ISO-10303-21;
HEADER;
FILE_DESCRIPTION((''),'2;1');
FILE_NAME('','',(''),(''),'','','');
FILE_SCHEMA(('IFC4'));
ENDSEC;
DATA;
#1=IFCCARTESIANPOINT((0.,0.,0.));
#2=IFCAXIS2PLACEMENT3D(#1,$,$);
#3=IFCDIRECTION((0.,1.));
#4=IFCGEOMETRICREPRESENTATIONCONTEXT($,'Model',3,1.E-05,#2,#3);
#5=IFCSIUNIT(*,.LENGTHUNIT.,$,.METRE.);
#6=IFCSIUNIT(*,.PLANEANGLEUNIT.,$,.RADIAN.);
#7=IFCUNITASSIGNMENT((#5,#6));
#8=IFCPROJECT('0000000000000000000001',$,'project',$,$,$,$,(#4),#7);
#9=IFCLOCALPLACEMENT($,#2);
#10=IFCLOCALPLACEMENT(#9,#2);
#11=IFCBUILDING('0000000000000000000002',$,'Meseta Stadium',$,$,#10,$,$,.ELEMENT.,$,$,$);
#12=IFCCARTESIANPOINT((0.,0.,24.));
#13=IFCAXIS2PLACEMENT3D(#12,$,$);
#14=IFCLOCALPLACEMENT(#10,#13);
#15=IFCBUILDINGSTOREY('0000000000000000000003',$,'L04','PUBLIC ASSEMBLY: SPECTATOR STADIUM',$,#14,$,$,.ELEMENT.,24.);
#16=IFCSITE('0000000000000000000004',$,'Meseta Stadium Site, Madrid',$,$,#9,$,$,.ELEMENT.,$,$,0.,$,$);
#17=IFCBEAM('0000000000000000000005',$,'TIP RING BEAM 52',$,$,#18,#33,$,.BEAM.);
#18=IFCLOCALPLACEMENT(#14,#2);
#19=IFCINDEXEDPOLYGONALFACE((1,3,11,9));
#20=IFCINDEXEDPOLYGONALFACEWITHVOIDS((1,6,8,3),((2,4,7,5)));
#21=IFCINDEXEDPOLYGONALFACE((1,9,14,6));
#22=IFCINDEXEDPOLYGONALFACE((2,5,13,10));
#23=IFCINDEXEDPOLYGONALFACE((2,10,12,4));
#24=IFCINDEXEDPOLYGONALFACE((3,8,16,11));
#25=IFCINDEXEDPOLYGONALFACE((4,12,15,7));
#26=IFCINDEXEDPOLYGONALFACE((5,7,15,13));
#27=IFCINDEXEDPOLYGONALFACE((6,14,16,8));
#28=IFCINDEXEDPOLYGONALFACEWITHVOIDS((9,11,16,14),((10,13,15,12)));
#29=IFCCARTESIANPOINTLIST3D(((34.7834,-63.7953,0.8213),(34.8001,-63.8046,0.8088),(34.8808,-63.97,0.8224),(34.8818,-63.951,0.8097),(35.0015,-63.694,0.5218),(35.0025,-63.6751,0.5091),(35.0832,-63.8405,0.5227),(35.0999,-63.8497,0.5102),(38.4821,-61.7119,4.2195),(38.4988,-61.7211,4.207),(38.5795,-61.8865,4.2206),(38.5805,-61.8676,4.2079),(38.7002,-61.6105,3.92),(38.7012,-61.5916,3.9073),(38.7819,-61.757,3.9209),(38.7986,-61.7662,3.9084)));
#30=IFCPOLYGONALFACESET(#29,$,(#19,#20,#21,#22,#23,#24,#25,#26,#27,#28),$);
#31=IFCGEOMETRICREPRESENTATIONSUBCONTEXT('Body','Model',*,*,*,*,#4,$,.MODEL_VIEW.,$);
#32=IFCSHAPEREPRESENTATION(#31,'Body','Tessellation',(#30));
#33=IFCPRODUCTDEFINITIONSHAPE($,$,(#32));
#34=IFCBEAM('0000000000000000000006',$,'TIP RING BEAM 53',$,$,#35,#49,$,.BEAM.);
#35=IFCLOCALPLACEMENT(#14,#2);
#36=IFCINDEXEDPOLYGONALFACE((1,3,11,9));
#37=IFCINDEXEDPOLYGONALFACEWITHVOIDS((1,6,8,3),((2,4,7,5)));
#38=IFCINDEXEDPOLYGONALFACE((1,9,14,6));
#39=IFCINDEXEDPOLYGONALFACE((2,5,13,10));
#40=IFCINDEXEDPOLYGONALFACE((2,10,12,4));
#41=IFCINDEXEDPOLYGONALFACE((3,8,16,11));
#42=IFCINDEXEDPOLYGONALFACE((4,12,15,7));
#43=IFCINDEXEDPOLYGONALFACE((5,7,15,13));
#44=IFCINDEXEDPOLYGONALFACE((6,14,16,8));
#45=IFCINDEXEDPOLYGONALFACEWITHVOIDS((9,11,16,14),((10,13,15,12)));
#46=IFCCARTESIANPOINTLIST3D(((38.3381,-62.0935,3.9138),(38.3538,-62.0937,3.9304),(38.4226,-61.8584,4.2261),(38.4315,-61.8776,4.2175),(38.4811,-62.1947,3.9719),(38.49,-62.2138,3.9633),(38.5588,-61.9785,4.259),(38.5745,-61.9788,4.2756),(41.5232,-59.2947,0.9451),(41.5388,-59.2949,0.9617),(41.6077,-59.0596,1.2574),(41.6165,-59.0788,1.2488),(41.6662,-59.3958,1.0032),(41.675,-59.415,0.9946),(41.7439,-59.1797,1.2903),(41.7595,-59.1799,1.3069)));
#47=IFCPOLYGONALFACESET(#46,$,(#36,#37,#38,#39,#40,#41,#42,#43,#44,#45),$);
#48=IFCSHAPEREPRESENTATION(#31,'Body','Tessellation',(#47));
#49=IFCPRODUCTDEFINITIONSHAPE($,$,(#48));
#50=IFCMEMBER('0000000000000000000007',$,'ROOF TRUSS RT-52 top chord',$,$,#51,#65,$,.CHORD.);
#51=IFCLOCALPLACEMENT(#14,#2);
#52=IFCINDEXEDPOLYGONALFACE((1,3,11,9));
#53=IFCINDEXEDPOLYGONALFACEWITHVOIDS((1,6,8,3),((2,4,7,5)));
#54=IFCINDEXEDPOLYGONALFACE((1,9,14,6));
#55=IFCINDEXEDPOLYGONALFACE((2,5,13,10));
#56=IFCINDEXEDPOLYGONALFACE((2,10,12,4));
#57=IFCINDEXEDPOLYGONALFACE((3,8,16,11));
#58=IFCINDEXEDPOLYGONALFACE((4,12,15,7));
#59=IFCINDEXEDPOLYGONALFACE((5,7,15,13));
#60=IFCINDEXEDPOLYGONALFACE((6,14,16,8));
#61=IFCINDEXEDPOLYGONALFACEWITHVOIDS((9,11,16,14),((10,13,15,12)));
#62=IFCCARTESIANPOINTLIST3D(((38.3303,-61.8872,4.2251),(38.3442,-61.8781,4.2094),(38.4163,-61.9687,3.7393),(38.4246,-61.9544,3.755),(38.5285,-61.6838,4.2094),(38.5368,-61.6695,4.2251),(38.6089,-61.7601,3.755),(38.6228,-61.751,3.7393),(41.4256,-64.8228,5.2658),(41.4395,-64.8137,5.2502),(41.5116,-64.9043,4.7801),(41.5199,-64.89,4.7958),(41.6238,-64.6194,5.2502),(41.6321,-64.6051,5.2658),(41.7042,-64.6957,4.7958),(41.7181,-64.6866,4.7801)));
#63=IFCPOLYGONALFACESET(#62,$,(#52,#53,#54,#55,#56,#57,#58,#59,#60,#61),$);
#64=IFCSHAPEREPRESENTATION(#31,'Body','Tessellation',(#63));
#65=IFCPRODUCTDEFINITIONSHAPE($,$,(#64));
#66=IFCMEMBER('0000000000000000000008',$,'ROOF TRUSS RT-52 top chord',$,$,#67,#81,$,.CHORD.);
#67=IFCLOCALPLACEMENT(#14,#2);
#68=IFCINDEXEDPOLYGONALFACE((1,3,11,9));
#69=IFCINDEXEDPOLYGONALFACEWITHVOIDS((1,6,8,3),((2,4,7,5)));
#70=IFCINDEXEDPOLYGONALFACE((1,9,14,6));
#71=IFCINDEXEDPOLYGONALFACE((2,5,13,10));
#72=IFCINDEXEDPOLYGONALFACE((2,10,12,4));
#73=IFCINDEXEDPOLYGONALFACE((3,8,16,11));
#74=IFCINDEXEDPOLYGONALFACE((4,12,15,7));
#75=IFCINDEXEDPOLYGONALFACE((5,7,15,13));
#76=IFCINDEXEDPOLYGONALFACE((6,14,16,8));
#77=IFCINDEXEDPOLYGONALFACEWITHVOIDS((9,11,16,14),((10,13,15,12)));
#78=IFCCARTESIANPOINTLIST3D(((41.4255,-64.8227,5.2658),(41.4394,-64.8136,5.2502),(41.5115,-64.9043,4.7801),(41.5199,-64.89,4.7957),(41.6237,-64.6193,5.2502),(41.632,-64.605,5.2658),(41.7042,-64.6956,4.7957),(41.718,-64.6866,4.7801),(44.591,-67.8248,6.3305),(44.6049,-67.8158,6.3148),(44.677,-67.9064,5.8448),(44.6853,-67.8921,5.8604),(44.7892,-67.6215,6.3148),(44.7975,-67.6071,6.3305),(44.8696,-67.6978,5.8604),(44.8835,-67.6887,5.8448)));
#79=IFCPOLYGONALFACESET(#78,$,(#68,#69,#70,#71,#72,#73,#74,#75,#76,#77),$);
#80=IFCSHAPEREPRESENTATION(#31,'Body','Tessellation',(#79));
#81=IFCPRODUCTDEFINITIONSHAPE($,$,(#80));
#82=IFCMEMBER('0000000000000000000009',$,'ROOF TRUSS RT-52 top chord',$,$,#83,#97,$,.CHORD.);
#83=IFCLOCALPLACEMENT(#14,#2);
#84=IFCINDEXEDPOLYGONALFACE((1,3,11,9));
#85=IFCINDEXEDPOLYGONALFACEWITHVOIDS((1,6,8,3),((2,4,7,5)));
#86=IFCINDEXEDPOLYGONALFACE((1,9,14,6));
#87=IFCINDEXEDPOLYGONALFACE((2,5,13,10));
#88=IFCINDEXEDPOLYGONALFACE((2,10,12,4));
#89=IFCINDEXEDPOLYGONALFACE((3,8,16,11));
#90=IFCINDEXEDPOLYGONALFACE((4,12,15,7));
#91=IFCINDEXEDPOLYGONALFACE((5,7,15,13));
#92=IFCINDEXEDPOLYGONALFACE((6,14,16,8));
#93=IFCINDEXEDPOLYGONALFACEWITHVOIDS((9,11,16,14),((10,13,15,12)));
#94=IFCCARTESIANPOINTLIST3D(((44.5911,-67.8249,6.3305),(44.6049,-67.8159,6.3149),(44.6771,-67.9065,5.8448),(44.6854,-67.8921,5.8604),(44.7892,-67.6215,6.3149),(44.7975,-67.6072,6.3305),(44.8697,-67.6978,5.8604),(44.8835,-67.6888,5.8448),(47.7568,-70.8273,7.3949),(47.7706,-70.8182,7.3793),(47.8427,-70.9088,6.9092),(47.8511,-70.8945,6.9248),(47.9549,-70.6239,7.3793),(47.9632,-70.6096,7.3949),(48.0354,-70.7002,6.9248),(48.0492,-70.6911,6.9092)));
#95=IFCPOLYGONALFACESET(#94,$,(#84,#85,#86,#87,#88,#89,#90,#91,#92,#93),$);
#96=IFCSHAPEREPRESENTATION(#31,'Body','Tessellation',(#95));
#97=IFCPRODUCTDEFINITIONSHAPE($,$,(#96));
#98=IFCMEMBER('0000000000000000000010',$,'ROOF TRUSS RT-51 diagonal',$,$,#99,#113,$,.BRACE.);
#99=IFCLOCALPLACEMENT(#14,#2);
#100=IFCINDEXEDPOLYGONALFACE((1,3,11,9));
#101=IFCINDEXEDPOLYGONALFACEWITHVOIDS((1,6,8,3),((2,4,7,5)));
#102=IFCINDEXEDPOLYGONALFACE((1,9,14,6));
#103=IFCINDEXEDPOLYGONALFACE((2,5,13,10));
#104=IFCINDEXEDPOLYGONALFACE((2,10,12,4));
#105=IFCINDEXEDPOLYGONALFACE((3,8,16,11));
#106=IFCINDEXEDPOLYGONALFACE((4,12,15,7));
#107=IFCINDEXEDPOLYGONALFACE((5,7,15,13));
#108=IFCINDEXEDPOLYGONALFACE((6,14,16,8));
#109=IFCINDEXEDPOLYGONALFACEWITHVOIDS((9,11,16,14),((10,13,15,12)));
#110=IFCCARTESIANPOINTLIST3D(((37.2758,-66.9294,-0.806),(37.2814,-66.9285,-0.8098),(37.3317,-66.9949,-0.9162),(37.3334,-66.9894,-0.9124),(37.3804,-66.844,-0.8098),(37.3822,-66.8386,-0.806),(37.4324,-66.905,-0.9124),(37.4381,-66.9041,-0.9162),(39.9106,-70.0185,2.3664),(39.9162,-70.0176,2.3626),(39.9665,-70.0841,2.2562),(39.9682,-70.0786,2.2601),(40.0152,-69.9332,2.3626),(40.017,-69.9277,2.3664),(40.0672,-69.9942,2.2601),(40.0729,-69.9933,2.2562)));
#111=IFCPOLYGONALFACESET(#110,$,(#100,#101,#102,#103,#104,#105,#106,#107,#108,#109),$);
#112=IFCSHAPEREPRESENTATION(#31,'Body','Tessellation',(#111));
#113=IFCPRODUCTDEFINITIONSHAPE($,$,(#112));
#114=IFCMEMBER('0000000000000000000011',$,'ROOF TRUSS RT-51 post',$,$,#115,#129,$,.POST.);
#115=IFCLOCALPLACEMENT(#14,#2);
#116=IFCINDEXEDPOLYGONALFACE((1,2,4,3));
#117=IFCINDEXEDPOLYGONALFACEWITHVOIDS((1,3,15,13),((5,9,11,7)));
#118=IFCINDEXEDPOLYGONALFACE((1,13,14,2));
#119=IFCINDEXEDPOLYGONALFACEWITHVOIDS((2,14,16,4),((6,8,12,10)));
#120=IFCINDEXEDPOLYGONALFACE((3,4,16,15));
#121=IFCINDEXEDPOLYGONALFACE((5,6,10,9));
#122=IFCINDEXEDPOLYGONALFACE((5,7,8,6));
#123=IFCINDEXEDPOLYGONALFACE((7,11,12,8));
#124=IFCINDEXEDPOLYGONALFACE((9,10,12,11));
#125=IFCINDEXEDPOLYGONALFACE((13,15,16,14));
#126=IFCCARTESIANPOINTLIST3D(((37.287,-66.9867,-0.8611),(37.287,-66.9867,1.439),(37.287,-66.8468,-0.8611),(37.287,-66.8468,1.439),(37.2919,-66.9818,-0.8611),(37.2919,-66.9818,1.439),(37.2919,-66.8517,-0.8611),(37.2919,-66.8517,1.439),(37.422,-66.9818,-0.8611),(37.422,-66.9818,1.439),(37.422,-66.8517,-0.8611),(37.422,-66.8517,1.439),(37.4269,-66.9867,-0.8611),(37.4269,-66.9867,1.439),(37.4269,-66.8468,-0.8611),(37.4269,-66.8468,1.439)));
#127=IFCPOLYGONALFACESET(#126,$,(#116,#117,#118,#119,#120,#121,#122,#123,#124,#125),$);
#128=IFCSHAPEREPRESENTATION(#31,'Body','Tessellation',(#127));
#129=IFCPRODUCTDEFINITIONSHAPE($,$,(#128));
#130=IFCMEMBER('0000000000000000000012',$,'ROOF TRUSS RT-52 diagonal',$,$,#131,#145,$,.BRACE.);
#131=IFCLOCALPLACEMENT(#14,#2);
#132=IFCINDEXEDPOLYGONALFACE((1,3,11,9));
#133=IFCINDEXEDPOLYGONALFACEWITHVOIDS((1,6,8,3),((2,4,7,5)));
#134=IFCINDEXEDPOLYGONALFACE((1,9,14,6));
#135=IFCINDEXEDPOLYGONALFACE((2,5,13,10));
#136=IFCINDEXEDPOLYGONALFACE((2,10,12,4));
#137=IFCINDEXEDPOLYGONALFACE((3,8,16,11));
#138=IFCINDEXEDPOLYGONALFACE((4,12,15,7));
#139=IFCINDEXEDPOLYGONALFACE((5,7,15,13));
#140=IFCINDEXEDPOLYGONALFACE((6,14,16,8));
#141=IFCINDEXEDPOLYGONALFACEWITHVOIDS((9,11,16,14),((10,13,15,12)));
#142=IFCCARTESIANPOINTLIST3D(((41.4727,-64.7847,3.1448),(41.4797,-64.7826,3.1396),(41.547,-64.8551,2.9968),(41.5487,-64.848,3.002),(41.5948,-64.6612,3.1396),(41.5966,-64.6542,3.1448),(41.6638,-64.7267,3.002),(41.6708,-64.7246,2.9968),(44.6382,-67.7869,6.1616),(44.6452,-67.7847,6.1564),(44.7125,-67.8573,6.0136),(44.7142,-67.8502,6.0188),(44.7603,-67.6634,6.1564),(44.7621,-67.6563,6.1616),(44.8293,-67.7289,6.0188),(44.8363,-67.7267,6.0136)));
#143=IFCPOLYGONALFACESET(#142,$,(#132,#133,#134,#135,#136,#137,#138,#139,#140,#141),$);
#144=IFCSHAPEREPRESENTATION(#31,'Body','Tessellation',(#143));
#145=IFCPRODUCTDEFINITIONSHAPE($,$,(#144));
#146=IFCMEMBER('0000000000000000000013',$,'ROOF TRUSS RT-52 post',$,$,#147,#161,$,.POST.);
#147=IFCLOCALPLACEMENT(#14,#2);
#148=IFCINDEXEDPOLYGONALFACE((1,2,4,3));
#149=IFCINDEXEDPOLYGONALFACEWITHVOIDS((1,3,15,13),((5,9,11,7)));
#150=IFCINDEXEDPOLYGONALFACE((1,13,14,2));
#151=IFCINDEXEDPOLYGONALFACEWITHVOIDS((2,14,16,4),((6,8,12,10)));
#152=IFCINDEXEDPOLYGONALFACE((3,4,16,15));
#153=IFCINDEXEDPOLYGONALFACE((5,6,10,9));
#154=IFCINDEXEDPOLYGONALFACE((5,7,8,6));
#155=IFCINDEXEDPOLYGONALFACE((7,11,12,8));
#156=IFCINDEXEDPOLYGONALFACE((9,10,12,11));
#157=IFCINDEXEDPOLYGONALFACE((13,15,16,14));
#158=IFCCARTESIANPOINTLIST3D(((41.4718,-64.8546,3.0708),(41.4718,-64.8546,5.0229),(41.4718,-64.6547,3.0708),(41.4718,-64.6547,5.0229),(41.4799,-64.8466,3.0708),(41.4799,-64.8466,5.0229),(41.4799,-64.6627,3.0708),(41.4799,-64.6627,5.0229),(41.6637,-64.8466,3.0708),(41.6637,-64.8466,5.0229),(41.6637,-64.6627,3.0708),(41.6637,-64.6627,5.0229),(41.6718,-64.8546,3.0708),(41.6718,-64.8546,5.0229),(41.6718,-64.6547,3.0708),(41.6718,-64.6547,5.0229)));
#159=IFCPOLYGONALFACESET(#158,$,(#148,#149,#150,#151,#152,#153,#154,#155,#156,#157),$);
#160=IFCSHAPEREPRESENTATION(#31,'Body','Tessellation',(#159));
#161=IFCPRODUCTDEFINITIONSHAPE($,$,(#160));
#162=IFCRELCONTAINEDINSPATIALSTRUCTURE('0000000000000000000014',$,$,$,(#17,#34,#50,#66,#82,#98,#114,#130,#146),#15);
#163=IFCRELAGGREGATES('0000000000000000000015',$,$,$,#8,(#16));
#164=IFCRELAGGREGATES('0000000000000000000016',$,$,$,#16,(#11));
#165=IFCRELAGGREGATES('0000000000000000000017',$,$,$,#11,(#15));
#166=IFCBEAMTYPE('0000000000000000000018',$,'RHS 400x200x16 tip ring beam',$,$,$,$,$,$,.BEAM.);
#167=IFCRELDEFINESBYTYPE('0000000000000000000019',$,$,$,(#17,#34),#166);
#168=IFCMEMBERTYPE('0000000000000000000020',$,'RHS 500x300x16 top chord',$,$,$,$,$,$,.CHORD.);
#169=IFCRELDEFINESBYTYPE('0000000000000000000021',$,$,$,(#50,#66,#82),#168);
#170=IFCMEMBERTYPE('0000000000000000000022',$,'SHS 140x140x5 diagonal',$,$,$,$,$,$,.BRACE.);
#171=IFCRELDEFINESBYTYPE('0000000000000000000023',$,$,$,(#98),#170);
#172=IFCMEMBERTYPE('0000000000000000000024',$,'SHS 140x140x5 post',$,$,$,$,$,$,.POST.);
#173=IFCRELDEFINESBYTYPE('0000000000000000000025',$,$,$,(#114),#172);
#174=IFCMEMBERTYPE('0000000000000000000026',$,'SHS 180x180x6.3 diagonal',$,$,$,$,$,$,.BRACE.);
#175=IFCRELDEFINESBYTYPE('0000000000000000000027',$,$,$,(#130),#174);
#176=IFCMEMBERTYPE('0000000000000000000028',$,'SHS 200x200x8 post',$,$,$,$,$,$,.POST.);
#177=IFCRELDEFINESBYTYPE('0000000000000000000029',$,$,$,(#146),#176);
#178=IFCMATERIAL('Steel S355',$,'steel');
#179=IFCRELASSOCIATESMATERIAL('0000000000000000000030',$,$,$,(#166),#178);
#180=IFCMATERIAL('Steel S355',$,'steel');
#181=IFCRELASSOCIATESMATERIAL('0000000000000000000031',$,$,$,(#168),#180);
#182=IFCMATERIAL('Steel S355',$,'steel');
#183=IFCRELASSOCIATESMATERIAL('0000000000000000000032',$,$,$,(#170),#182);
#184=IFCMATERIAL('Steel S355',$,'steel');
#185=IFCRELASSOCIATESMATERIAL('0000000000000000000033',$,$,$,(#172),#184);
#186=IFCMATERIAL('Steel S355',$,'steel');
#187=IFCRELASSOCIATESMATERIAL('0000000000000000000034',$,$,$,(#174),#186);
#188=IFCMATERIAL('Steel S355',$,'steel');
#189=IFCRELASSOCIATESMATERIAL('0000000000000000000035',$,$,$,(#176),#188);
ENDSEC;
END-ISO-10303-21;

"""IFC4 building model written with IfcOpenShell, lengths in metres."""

from ifc_helpers import new_model, si_unit, direction, frame, origin, origin_2d, place, context, subcontext, project, spatial, hollow_rectangle, extrude, material, material_profile, profile_set, type_object, element, save


model = new_model("IFC4")

# Units and contexts
model_context = context("Model", 3, precision=1e-05, world=origin(), true_north=direction((0.0, 1.0)))
body_context = subcontext(model_context, "Body", "Model", "MODEL_VIEW")
ifc_project = project(units=[si_unit("LENGTHUNIT", "METRE"), si_unit("PLANEANGLEUNIT", "RADIAN")], contexts=[model_context])

# Site, building, storey
site_placement = place(None, origin())
site = spatial("IfcSite", under=ifc_project, at=site_placement, Name="Meseta Stadium Site, Madrid", CompositionType="ELEMENT", RefElevation=0.0)
building_placement = place(site_placement, origin())
building = spatial("IfcBuilding", under=site, at=building_placement, Name="Meseta Stadium", CompositionType="ELEMENT")
storey_placement = place(building_placement, frame((0.0, 0.0, 24.0)))
storey = spatial("IfcBuildingStorey", under=building, at=storey_placement, Name="L04", Description="PUBLIC ASSEMBLY: SPECTATOR STADIUM", CompositionType="ELEMENT", Elevation=24.0)

# Beams
ifc_material_1 = material(Name="Steel S355", Category="steel")
ifc_material_profile_1 = material_profile(ifc_material_1, hollow_rectangle(XDim=0.2, YDim=0.3999, WallThickness=0.0161, at=origin_2d()), Name="RHS 400x200x16")
ifc_profile_set_1 = profile_set([ifc_material_profile_1], Name="Steel S355")
beam_type = type_object("IfcBeamType", Name="RHS 400x200x16 tip ring beam", PredefinedType="BEAM", material=ifc_profile_set_1)
beam_1_placement = place(storey_placement, frame((34.9417, -63.8225, 0.6658), z_axis=(0.680193, 0.383153, 0.624925), x_axis=(-0.487085, 0.873339, -0.005298)))
element("IfcBeam", 1, at=beam_1_placement, inside=storey, type_object=beam_type, Name="TIP RING BEAM 52", PredefinedType="BEAM", context=body_context, shape_type="SweptSolid", body=[
    extrude(hollow_rectangle(XDim=0.2, YDim=0.3999, WallThickness=0.0161, at=origin_2d()), origin(), (0.0, 0.0, 1.0), 5.4377),
])
beam_2_placement = place(storey_placement, frame((38.4563, -62.0361, 4.0947), z_axis=(0.615345, 0.540726, -0.573555), x_axis=(-0.759396, 0.601747, -0.247422)))
element("IfcBeam", 2, at=beam_2_placement, inside=storey, type_object=beam_type, Name="TIP RING BEAM 53", PredefinedType="BEAM", context=body_context, shape_type="SweptSolid", body=[
    extrude(hollow_rectangle(XDim=0.2, YDim=0.3999, WallThickness=0.0161, at=origin_2d()), origin(), (0.0, 0.0, 1.0), 5.176),
])

# Members
ifc_material_2 = material(Name="Steel S355", Category="steel")
ifc_material_profile_2 = material_profile(ifc_material_2, hollow_rectangle(XDim=0.3, YDim=0.5, WallThickness=0.0161, at=origin_2d()), Name="RHS 500x300x16")
ifc_profile_set_2 = profile_set([ifc_material_profile_2], Name="Steel S355")
member_type_1 = type_object("IfcMemberType", Name="RHS 500x300x16 top chord", PredefinedType="CHORD", material=ifc_profile_set_2)
member_1_placement = place(storey_placement, frame((38.4766, -61.8191, 3.9822), z_axis=(0.704898, -0.668535, 0.237023), x_axis=(0.688145, 0.725574, 0.0)))
element("IfcMember", 3, at=member_1_placement, inside=storey, type_object=member_type_1, Name="ROOF TRUSS RT-52 top chord", PredefinedType="CHORD", context=body_context, shape_type="SweptSolid", body=[
    extrude(hollow_rectangle(XDim=0.3, YDim=0.5, WallThickness=0.0161, at=origin_2d()), origin(), (0.0, 0.0, 1.0), 4.3911),
])
member_2_placement = place(storey_placement, frame((41.5718, -64.7546, 5.0229), z_axis=(0.704891, -0.668521, 0.237084), x_axis=(0.68814, 0.725578, 0.0)))
element("IfcMember", 4, at=member_2_placement, inside=storey, type_object=member_type_1, Name="ROOF TRUSS RT-52 top chord", PredefinedType="CHORD", context=body_context, shape_type="SweptSolid", body=[
    extrude(hollow_rectangle(XDim=0.3, YDim=0.5, WallThickness=0.0161, at=origin_2d()), origin(), (0.0, 0.0, 1.0), 4.4907),
])
member_3_placement = place(storey_placement, frame((44.7373, -67.7568, 6.0876), z_axis=(0.704902, -0.668534, 0.237015), x_axis=(0.688142, 0.725576, 0.0)))
element("IfcMember", 5, at=member_3_placement, inside=storey, type_object=member_type_1, Name="ROOF TRUSS RT-52 top chord", PredefinedType="CHORD", context=body_context, shape_type="SweptSolid", body=[
    extrude(hollow_rectangle(XDim=0.3, YDim=0.5, WallThickness=0.0161, at=origin_2d()), origin(), (0.0, 0.0, 1.0), 4.491),
])
ifc_material_3 = material(Name="Steel S355", Category="steel")
ifc_material_profile_3 = material_profile(ifc_material_3, hollow_rectangle(XDim=0.1399, YDim=0.1399, WallThickness=0.0049, at=origin_2d()), Name="SHS 140x140x5")
ifc_profile_set_3 = profile_set([ifc_material_profile_3], Name="Steel S355")
member_type_2 = type_object("IfcMemberType", Name="SHS 140x140x5 diagonal", PredefinedType="BRACE", material=ifc_profile_set_3)
member_4_placement = place(storey_placement, frame((37.3569, -66.9167, -0.8611), z_axis=(0.511355, -0.599534, 0.615691), x_axis=(0.760842, 0.648937, 0.0)))
element("IfcMember", 6, at=member_4_placement, inside=storey, type_object=member_type_2, Name="ROOF TRUSS RT-51 diagonal", PredefinedType="BRACE", context=body_context, shape_type="SweptSolid", body=[
    extrude(hollow_rectangle(XDim=0.1399, YDim=0.1399, WallThickness=0.0049, at=origin_2d()), origin(), (0.0, 0.0, 1.0), 5.1526),
])
ifc_material_4 = material(Name="Steel S355", Category="steel")
ifc_material_profile_4 = material_profile(ifc_material_4, hollow_rectangle(XDim=0.1399, YDim=0.1399, WallThickness=0.0049, at=origin_2d()), Name="SHS 140x140x5")
ifc_profile_set_4 = profile_set([ifc_material_profile_4], Name="Steel S355")
member_type_3 = type_object("IfcMemberType", Name="SHS 140x140x5 post", PredefinedType="POST", material=ifc_profile_set_4)
member_5_placement = place(storey_placement, frame((37.3569, -66.9167, -0.8611), z_axis=(0.0, 0.0, 1.0), x_axis=(1.0, 0.0, 0.0)))
element("IfcMember", 7, at=member_5_placement, inside=storey, type_object=member_type_3, Name="ROOF TRUSS RT-51 post", PredefinedType="POST", context=body_context, shape_type="SweptSolid", body=[
    extrude(hollow_rectangle(XDim=0.1399, YDim=0.1399, WallThickness=0.0049, at=origin_2d()), origin(), (0.0, 0.0, 1.0), 2.3),
])
ifc_material_5 = material(Name="Steel S355", Category="steel")
ifc_material_profile_5 = material_profile(ifc_material_5, hollow_rectangle(XDim=0.1799, YDim=0.1799, WallThickness=0.0063, at=origin_2d()), Name="SHS 180x180x6.3")
ifc_profile_set_5 = profile_set([ifc_material_profile_5], Name="Steel S355")
member_type_4 = type_object("IfcMemberType", Name="SHS 180x180x6.3 diagonal", PredefinedType="BRACE", material=ifc_profile_set_5)
member_6_placement = place(storey_placement, frame((41.5718, -64.7546, 3.0708), z_axis=(0.59679, -0.565998, 0.56876), x_axis=(0.68814, 0.725578, 0.0)))
element("IfcMember", 8, at=member_6_placement, inside=storey, type_object=member_type_4, Name="ROOF TRUSS RT-52 diagonal", PredefinedType="BRACE", context=body_context, shape_type="SweptSolid", body=[
    extrude(hollow_rectangle(XDim=0.1799, YDim=0.1799, WallThickness=0.0063, at=origin_2d()), origin(), (0.0, 0.0, 1.0), 5.3042),
])
ifc_material_6 = material(Name="Steel S355", Category="steel")
ifc_material_profile_6 = material_profile(ifc_material_6, hollow_rectangle(XDim=0.2, YDim=0.2, WallThickness=0.0081, at=origin_2d()), Name="SHS 200x200x8")
ifc_profile_set_6 = profile_set([ifc_material_profile_6], Name="Steel S355")
member_type_5 = type_object("IfcMemberType", Name="SHS 200x200x8 post", PredefinedType="POST", material=ifc_profile_set_6)
member_7_placement = place(storey_placement, frame((41.5718, -64.7546, 3.0708), z_axis=(0.0, 0.0, 1.0), x_axis=(1.0, 0.0, 0.0)))
element("IfcMember", 9, at=member_7_placement, inside=storey, type_object=member_type_5, Name="ROOF TRUSS RT-52 post", PredefinedType="POST", context=body_context, shape_type="SweptSolid", body=[
    extrude(hollow_rectangle(XDim=0.2, YDim=0.2, WallThickness=0.0081, at=origin_2d()), origin(), (0.0, 0.0, 1.0), 1.9521),
])

save(model, "model.ifc")
